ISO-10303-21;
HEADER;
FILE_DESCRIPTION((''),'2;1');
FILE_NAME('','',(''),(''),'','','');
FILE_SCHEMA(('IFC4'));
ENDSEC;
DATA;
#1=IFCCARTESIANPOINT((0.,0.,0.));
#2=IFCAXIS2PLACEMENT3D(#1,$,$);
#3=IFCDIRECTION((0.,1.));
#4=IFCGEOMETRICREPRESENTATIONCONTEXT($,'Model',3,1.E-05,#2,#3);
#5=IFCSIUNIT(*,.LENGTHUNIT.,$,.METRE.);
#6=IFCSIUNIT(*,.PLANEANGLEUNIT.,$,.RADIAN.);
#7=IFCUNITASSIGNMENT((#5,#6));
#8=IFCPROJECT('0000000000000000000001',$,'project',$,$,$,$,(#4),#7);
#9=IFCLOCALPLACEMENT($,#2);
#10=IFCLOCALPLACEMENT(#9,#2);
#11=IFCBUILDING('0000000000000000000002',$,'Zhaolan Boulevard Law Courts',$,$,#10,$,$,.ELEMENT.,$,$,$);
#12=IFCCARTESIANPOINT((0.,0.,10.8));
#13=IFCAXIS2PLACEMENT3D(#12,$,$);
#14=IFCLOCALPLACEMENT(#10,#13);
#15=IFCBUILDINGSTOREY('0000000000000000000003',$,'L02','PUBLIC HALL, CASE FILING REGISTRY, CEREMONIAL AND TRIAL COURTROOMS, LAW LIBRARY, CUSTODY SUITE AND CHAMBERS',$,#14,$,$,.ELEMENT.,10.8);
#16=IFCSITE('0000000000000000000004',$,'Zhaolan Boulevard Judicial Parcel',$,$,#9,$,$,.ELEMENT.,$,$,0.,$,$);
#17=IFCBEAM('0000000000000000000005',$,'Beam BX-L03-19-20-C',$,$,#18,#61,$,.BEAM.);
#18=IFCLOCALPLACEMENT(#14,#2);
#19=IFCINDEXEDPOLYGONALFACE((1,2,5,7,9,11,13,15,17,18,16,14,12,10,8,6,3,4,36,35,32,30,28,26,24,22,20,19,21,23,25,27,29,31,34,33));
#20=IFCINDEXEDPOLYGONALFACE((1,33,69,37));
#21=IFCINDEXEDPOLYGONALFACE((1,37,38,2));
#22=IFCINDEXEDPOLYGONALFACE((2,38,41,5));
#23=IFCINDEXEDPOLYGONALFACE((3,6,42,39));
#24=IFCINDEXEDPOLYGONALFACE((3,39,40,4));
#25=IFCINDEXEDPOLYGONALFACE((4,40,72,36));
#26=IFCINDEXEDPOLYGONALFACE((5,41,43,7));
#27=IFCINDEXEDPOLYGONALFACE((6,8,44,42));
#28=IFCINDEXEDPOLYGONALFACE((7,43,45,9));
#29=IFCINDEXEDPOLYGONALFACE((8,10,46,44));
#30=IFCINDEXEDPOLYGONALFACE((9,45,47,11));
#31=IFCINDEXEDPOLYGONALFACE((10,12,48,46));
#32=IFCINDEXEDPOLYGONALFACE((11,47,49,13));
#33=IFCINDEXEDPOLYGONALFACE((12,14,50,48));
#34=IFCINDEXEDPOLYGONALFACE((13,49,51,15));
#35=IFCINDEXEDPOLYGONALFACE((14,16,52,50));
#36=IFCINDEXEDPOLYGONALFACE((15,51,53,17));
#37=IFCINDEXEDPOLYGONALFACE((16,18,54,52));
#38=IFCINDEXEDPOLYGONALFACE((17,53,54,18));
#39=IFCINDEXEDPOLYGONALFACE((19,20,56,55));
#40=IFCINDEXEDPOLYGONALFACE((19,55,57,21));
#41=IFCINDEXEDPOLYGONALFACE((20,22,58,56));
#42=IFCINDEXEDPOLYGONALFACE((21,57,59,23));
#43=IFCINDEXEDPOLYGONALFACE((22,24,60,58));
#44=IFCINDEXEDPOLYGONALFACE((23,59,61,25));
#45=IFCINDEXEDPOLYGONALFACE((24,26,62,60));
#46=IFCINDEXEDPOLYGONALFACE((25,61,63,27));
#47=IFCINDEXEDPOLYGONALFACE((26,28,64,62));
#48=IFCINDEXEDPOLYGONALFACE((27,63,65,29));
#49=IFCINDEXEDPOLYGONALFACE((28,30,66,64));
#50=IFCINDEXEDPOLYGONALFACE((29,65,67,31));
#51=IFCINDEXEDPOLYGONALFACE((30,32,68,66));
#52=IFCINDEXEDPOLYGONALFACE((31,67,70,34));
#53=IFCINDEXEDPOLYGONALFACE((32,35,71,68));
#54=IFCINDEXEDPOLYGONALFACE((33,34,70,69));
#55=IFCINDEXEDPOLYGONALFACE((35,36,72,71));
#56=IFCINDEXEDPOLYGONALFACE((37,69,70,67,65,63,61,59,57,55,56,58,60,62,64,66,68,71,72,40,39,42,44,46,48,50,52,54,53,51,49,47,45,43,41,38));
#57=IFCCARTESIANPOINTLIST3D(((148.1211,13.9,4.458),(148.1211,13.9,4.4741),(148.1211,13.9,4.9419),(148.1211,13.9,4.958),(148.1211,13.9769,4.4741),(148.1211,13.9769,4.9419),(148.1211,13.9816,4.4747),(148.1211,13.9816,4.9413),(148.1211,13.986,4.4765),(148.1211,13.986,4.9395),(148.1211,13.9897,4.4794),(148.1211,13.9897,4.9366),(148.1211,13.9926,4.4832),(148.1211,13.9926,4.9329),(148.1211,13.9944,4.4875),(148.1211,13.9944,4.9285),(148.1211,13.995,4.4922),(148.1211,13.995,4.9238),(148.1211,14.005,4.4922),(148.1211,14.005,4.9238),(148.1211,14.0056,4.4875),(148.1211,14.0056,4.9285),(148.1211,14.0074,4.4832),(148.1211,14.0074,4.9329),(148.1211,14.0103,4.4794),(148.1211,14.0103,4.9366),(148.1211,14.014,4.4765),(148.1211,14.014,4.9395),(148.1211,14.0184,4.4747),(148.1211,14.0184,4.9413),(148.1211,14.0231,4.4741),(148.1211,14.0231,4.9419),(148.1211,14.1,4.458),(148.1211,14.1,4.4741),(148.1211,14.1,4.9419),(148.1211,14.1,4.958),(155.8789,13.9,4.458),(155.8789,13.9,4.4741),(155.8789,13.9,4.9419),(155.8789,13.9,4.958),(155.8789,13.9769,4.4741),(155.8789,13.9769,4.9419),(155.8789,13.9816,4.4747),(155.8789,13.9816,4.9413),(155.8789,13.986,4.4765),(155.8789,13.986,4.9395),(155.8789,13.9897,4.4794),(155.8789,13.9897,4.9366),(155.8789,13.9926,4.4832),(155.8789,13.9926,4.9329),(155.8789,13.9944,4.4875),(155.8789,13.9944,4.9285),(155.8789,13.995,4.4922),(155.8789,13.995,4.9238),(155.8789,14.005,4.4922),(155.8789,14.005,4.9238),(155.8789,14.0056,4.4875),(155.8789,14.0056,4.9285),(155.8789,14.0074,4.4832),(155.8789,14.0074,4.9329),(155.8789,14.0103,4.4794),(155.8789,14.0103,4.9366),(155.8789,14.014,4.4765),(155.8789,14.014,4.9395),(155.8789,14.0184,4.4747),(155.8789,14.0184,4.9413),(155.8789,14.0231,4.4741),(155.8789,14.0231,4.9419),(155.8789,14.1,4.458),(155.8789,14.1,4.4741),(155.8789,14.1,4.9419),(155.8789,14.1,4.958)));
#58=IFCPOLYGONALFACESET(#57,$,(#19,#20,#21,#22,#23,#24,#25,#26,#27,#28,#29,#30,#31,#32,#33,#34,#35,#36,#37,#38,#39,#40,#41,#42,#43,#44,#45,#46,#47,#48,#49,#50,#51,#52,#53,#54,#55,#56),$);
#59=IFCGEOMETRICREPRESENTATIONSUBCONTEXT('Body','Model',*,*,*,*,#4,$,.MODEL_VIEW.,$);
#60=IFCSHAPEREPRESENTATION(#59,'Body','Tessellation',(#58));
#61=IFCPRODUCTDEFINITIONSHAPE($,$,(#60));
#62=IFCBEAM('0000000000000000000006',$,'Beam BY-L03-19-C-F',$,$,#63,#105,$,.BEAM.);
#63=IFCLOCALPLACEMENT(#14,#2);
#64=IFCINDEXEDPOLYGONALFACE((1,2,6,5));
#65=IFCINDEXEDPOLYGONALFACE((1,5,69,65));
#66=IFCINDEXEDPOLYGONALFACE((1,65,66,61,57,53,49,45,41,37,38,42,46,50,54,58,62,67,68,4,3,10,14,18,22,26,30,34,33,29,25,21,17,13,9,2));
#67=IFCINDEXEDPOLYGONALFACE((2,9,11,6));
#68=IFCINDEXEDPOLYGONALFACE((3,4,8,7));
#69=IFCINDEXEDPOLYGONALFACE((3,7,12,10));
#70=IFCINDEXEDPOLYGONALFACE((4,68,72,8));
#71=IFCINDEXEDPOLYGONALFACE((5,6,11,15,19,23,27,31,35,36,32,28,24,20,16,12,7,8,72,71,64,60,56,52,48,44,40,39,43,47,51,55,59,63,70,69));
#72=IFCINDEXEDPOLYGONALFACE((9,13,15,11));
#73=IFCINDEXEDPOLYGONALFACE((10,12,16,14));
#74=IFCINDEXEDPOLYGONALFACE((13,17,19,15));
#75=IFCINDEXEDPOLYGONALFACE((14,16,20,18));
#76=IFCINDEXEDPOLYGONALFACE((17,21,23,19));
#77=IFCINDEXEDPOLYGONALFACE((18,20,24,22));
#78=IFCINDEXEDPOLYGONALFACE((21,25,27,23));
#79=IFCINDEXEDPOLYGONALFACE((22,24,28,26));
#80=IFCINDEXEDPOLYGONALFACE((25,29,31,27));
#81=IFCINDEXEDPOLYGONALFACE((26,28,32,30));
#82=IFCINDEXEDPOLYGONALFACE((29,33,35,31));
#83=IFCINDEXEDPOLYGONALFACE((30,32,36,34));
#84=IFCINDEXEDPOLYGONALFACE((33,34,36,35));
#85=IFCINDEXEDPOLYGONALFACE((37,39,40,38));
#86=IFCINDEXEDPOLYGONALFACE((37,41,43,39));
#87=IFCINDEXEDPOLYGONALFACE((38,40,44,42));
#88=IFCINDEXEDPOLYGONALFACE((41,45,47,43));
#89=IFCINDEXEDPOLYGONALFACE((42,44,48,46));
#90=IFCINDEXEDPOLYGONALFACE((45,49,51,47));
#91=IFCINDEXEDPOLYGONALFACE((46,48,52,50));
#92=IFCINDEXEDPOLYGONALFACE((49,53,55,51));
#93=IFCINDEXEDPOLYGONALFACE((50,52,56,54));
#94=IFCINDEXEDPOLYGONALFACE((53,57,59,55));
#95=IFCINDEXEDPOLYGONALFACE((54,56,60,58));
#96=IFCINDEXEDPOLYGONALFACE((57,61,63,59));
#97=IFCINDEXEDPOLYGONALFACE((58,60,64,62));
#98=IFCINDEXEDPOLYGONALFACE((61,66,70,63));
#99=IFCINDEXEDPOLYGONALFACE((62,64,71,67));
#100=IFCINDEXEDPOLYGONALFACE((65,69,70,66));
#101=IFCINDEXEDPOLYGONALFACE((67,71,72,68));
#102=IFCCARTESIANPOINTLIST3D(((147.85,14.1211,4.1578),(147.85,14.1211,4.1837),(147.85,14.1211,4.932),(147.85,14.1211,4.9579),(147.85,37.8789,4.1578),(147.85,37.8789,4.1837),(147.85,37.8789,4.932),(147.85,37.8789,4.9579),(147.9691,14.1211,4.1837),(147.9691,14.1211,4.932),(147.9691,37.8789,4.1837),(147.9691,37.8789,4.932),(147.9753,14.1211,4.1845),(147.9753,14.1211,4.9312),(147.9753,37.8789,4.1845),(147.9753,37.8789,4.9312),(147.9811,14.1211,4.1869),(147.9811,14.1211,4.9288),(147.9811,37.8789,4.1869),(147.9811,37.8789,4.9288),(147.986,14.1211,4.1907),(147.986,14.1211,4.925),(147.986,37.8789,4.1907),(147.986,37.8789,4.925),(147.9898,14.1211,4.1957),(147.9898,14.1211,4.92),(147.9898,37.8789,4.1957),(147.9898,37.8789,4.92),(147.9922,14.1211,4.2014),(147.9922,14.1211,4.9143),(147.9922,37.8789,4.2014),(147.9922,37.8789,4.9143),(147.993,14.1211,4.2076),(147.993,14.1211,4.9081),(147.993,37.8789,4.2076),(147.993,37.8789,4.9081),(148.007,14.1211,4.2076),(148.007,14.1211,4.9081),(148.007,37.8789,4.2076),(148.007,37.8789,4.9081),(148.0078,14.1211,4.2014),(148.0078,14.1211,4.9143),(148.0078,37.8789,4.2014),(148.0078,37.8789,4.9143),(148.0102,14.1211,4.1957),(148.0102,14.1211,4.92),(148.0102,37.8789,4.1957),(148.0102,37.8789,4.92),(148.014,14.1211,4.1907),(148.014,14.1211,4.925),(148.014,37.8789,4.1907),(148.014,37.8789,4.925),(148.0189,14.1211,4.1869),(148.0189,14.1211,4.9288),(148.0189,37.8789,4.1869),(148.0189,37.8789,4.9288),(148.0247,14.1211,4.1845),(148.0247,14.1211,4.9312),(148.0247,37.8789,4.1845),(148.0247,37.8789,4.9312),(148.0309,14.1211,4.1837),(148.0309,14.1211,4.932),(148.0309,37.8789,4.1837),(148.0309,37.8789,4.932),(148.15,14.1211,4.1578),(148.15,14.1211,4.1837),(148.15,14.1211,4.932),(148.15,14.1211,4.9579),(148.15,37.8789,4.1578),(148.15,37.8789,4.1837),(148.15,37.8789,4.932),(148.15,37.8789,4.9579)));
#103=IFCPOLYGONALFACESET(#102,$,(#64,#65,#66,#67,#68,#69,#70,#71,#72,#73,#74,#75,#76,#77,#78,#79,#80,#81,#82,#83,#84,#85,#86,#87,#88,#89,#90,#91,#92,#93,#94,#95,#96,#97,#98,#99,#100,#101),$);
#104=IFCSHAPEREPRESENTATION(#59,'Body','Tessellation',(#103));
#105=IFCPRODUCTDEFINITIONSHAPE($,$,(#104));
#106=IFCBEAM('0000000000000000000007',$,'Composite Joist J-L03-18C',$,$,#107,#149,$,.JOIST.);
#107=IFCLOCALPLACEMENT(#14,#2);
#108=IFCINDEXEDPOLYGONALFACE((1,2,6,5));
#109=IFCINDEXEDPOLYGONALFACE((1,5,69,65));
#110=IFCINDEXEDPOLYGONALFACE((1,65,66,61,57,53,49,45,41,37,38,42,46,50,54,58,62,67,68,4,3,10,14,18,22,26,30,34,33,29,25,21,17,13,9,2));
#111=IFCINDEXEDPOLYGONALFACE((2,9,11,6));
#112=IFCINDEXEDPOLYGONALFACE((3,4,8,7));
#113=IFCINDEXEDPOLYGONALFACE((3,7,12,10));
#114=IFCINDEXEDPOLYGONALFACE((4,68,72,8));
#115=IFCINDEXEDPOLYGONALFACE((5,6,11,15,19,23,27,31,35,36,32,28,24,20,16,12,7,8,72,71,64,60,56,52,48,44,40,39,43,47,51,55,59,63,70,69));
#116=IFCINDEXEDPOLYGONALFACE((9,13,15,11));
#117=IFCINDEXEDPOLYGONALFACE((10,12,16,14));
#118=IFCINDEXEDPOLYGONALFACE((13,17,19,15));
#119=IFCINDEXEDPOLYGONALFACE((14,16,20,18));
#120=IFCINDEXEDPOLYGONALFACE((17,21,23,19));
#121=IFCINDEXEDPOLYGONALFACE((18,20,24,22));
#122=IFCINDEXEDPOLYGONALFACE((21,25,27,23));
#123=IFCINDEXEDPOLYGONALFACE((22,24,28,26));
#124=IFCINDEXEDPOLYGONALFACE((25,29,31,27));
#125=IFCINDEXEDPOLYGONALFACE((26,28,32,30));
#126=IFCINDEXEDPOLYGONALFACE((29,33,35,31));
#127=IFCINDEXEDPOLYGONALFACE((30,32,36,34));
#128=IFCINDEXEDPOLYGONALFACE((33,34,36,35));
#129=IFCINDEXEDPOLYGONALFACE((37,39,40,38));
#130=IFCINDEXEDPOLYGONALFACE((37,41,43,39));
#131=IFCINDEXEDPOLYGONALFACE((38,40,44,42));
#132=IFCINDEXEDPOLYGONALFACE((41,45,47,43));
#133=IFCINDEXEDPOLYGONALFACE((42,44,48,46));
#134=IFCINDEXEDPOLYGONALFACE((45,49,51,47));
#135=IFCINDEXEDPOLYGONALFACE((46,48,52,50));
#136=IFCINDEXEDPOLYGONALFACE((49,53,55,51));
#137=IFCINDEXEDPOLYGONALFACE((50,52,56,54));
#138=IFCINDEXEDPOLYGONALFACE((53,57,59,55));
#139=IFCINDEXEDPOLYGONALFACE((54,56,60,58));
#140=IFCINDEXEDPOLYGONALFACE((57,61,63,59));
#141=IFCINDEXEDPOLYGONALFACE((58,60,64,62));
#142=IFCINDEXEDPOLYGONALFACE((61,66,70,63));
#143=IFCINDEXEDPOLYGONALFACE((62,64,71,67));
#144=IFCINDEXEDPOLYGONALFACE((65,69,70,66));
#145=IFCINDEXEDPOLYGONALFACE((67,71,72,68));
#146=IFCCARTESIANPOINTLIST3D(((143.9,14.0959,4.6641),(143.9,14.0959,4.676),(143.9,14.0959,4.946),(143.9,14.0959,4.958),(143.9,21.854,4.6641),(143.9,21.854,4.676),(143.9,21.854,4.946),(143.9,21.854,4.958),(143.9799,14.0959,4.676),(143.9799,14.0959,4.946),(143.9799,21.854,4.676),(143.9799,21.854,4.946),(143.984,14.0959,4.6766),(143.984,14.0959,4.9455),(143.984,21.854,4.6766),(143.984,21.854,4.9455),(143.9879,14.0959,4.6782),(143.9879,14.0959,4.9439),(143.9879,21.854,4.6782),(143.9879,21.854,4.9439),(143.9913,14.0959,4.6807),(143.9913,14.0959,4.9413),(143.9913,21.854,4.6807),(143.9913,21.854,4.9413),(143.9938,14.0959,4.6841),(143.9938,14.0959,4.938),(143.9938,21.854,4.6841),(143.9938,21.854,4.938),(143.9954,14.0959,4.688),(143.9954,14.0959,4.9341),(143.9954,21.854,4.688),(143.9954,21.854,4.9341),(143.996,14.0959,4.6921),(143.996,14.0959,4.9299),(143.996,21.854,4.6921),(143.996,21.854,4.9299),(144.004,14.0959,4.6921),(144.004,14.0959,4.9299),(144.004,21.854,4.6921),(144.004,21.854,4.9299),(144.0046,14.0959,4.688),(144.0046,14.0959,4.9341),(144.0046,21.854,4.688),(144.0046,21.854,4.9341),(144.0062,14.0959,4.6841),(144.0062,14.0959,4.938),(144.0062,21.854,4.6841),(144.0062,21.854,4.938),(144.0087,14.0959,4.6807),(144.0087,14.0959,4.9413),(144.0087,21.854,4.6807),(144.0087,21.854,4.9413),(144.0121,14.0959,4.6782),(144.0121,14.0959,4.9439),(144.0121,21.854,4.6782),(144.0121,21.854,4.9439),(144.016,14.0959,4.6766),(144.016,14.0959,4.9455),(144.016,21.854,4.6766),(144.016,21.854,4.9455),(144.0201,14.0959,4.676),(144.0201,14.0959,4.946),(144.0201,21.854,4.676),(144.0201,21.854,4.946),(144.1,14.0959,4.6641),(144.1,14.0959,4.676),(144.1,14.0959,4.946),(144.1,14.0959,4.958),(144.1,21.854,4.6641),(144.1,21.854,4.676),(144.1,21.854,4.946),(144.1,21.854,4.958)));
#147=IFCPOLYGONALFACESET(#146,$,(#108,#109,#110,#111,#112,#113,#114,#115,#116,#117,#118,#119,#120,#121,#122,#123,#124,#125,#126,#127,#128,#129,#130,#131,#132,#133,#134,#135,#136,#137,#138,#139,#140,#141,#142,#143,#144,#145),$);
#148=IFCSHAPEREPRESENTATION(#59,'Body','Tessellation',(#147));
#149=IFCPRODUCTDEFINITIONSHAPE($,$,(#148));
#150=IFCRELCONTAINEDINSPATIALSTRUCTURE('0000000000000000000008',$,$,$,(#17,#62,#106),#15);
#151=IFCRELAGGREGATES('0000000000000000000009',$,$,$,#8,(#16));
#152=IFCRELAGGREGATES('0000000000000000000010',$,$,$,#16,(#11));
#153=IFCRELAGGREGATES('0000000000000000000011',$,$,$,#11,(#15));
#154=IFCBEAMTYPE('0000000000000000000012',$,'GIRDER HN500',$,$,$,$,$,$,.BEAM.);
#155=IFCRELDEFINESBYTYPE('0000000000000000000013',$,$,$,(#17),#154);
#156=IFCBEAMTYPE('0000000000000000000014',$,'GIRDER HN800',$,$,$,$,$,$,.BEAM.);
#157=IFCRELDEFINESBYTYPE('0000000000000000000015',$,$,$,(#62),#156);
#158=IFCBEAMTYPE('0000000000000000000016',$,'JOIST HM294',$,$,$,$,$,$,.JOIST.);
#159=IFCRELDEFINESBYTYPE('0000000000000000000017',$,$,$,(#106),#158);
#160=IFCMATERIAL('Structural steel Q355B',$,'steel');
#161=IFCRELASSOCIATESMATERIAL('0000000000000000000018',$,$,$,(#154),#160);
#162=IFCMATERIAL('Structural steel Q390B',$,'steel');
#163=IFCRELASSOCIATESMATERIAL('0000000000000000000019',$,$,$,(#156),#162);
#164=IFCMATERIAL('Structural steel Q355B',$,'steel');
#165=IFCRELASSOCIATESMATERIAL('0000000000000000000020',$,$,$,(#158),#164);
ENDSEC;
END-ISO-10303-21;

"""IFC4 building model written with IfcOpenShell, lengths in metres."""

from ifc_helpers import new_model, si_unit, direction, frame, origin, origin_2d, place, context, subcontext, project, spatial, i_section, extrude, material, material_profile, profile_set, type_object, element, save


model = new_model("IFC4")

# Units and contexts
model_context = context("Model", 3, precision=1e-05, world=origin(), true_north=direction((0.0, 1.0)))
body_context = subcontext(model_context, "Body", "Model", "MODEL_VIEW")
ifc_project = project(units=[si_unit("LENGTHUNIT", "METRE"), si_unit("PLANEANGLEUNIT", "RADIAN")], contexts=[model_context])

# Site, building, storey
site_placement = place(None, origin())
site = spatial("IfcSite", under=ifc_project, at=site_placement, Name="Zhaolan Boulevard Judicial Parcel", CompositionType="ELEMENT", RefElevation=0.0)
building_placement = place(site_placement, origin())
building = spatial("IfcBuilding", under=site, at=building_placement, Name="Zhaolan Boulevard Law Courts", CompositionType="ELEMENT")
storey_placement = place(building_placement, frame((0.0, 0.0, 10.8)))
storey = spatial("IfcBuildingStorey", under=building, at=storey_placement, Name="L02", Description="PUBLIC HALL, CASE FILING REGISTRY, CEREMONIAL AND TRIAL COURTROOMS, LAW LIBRARY, CUSTODY SUITE AND CHAMBERS", CompositionType="ELEMENT", Elevation=10.8)

# Beams
ifc_material_1 = material(Name="Structural steel Q355B", Category="steel")
ifc_material_profile_1 = material_profile(ifc_material_1, i_section(OverallWidth=0.2, OverallDepth=0.5, WebThickness=0.01, FlangeThickness=0.0161, FilletRadius=0.0181, at=origin_2d()), Name="HN500x200")
ifc_profile_set_1 = profile_set([ifc_material_profile_1], Name="Structural steel Q355B")
beam_type_1 = type_object("IfcBeamType", Name="GIRDER HN500", PredefinedType="BEAM", material=ifc_profile_set_1)
beam_1_placement = place(storey_placement, frame((148.1211, 14.0, 4.708), z_axis=(1.0, 0.0, 0.0), x_axis=(0.0, 1.0, 0.0)))
element("IfcBeam", 1, at=beam_1_placement, inside=storey, type_object=beam_type_1, Name="Beam BX-L03-19-20-C", PredefinedType="BEAM", context=body_context, shape_type="SweptSolid", body=[
    extrude(i_section(OverallWidth=0.2, OverallDepth=0.5, WebThickness=0.01, FlangeThickness=0.0161, FilletRadius=0.0181, at=origin_2d()), origin(), (0.0, 0.0, 1.0), 7.7578),
])
ifc_material_2 = material(Name="Structural steel Q390B", Category="steel")
ifc_material_profile_2 = material_profile(ifc_material_2, i_section(OverallWidth=0.3, OverallDepth=0.8, WebThickness=0.0139, FlangeThickness=0.0259, FilletRadius=0.0239, at=origin_2d()), Name="HN800x300")
ifc_profile_set_2 = profile_set([ifc_material_profile_2], Name="Structural steel Q390B")
beam_type_2 = type_object("IfcBeamType", Name="GIRDER HN800", PredefinedType="BEAM", material=ifc_profile_set_2)
beam_2_placement = place(storey_placement, frame((148.0, 14.1211, 4.5579), z_axis=(0.0, 1.0, 0.0), x_axis=(-1.0, 0.0, 0.0)))
element("IfcBeam", 2, at=beam_2_placement, inside=storey, type_object=beam_type_2, Name="Beam BY-L03-19-C-F", PredefinedType="BEAM", context=body_context, shape_type="SweptSolid", body=[
    extrude(i_section(OverallWidth=0.3, OverallDepth=0.8, WebThickness=0.0139, FlangeThickness=0.0259, FilletRadius=0.0239, at=origin_2d()), origin(), (0.0, 0.0, 1.0), 23.7578),
])
ifc_material_3 = material(Name="Structural steel Q355B", Category="steel")
ifc_material_profile_3 = material_profile(ifc_material_3, i_section(OverallWidth=0.2, OverallDepth=0.2939, WebThickness=0.0081, FlangeThickness=0.012, FilletRadius=0.0161, at=origin_2d()), Name="HM294x200")
ifc_profile_set_3 = profile_set([ifc_material_profile_3], Name="Structural steel Q355B")
beam_type_3 = type_object("IfcBeamType", Name="JOIST HM294", PredefinedType="JOIST", material=ifc_profile_set_3)
beam_3_placement = place(storey_placement, frame((144.0, 14.0959, 4.811), z_axis=(0.0, 1.0, 0.0), x_axis=(-1.0, 0.0, 0.0)))
element("IfcBeam", 3, at=beam_3_placement, inside=storey, type_object=beam_type_3, Name="Composite Joist J-L03-18C", PredefinedType="JOIST", context=body_context, shape_type="SweptSolid", body=[
    extrude(i_section(OverallWidth=0.2, OverallDepth=0.2939, WebThickness=0.0081, FlangeThickness=0.012, FilletRadius=0.0161, at=origin_2d()), origin(), (0.0, 0.0, 1.0), 7.7581),
])

save(model, "model.ifc")
